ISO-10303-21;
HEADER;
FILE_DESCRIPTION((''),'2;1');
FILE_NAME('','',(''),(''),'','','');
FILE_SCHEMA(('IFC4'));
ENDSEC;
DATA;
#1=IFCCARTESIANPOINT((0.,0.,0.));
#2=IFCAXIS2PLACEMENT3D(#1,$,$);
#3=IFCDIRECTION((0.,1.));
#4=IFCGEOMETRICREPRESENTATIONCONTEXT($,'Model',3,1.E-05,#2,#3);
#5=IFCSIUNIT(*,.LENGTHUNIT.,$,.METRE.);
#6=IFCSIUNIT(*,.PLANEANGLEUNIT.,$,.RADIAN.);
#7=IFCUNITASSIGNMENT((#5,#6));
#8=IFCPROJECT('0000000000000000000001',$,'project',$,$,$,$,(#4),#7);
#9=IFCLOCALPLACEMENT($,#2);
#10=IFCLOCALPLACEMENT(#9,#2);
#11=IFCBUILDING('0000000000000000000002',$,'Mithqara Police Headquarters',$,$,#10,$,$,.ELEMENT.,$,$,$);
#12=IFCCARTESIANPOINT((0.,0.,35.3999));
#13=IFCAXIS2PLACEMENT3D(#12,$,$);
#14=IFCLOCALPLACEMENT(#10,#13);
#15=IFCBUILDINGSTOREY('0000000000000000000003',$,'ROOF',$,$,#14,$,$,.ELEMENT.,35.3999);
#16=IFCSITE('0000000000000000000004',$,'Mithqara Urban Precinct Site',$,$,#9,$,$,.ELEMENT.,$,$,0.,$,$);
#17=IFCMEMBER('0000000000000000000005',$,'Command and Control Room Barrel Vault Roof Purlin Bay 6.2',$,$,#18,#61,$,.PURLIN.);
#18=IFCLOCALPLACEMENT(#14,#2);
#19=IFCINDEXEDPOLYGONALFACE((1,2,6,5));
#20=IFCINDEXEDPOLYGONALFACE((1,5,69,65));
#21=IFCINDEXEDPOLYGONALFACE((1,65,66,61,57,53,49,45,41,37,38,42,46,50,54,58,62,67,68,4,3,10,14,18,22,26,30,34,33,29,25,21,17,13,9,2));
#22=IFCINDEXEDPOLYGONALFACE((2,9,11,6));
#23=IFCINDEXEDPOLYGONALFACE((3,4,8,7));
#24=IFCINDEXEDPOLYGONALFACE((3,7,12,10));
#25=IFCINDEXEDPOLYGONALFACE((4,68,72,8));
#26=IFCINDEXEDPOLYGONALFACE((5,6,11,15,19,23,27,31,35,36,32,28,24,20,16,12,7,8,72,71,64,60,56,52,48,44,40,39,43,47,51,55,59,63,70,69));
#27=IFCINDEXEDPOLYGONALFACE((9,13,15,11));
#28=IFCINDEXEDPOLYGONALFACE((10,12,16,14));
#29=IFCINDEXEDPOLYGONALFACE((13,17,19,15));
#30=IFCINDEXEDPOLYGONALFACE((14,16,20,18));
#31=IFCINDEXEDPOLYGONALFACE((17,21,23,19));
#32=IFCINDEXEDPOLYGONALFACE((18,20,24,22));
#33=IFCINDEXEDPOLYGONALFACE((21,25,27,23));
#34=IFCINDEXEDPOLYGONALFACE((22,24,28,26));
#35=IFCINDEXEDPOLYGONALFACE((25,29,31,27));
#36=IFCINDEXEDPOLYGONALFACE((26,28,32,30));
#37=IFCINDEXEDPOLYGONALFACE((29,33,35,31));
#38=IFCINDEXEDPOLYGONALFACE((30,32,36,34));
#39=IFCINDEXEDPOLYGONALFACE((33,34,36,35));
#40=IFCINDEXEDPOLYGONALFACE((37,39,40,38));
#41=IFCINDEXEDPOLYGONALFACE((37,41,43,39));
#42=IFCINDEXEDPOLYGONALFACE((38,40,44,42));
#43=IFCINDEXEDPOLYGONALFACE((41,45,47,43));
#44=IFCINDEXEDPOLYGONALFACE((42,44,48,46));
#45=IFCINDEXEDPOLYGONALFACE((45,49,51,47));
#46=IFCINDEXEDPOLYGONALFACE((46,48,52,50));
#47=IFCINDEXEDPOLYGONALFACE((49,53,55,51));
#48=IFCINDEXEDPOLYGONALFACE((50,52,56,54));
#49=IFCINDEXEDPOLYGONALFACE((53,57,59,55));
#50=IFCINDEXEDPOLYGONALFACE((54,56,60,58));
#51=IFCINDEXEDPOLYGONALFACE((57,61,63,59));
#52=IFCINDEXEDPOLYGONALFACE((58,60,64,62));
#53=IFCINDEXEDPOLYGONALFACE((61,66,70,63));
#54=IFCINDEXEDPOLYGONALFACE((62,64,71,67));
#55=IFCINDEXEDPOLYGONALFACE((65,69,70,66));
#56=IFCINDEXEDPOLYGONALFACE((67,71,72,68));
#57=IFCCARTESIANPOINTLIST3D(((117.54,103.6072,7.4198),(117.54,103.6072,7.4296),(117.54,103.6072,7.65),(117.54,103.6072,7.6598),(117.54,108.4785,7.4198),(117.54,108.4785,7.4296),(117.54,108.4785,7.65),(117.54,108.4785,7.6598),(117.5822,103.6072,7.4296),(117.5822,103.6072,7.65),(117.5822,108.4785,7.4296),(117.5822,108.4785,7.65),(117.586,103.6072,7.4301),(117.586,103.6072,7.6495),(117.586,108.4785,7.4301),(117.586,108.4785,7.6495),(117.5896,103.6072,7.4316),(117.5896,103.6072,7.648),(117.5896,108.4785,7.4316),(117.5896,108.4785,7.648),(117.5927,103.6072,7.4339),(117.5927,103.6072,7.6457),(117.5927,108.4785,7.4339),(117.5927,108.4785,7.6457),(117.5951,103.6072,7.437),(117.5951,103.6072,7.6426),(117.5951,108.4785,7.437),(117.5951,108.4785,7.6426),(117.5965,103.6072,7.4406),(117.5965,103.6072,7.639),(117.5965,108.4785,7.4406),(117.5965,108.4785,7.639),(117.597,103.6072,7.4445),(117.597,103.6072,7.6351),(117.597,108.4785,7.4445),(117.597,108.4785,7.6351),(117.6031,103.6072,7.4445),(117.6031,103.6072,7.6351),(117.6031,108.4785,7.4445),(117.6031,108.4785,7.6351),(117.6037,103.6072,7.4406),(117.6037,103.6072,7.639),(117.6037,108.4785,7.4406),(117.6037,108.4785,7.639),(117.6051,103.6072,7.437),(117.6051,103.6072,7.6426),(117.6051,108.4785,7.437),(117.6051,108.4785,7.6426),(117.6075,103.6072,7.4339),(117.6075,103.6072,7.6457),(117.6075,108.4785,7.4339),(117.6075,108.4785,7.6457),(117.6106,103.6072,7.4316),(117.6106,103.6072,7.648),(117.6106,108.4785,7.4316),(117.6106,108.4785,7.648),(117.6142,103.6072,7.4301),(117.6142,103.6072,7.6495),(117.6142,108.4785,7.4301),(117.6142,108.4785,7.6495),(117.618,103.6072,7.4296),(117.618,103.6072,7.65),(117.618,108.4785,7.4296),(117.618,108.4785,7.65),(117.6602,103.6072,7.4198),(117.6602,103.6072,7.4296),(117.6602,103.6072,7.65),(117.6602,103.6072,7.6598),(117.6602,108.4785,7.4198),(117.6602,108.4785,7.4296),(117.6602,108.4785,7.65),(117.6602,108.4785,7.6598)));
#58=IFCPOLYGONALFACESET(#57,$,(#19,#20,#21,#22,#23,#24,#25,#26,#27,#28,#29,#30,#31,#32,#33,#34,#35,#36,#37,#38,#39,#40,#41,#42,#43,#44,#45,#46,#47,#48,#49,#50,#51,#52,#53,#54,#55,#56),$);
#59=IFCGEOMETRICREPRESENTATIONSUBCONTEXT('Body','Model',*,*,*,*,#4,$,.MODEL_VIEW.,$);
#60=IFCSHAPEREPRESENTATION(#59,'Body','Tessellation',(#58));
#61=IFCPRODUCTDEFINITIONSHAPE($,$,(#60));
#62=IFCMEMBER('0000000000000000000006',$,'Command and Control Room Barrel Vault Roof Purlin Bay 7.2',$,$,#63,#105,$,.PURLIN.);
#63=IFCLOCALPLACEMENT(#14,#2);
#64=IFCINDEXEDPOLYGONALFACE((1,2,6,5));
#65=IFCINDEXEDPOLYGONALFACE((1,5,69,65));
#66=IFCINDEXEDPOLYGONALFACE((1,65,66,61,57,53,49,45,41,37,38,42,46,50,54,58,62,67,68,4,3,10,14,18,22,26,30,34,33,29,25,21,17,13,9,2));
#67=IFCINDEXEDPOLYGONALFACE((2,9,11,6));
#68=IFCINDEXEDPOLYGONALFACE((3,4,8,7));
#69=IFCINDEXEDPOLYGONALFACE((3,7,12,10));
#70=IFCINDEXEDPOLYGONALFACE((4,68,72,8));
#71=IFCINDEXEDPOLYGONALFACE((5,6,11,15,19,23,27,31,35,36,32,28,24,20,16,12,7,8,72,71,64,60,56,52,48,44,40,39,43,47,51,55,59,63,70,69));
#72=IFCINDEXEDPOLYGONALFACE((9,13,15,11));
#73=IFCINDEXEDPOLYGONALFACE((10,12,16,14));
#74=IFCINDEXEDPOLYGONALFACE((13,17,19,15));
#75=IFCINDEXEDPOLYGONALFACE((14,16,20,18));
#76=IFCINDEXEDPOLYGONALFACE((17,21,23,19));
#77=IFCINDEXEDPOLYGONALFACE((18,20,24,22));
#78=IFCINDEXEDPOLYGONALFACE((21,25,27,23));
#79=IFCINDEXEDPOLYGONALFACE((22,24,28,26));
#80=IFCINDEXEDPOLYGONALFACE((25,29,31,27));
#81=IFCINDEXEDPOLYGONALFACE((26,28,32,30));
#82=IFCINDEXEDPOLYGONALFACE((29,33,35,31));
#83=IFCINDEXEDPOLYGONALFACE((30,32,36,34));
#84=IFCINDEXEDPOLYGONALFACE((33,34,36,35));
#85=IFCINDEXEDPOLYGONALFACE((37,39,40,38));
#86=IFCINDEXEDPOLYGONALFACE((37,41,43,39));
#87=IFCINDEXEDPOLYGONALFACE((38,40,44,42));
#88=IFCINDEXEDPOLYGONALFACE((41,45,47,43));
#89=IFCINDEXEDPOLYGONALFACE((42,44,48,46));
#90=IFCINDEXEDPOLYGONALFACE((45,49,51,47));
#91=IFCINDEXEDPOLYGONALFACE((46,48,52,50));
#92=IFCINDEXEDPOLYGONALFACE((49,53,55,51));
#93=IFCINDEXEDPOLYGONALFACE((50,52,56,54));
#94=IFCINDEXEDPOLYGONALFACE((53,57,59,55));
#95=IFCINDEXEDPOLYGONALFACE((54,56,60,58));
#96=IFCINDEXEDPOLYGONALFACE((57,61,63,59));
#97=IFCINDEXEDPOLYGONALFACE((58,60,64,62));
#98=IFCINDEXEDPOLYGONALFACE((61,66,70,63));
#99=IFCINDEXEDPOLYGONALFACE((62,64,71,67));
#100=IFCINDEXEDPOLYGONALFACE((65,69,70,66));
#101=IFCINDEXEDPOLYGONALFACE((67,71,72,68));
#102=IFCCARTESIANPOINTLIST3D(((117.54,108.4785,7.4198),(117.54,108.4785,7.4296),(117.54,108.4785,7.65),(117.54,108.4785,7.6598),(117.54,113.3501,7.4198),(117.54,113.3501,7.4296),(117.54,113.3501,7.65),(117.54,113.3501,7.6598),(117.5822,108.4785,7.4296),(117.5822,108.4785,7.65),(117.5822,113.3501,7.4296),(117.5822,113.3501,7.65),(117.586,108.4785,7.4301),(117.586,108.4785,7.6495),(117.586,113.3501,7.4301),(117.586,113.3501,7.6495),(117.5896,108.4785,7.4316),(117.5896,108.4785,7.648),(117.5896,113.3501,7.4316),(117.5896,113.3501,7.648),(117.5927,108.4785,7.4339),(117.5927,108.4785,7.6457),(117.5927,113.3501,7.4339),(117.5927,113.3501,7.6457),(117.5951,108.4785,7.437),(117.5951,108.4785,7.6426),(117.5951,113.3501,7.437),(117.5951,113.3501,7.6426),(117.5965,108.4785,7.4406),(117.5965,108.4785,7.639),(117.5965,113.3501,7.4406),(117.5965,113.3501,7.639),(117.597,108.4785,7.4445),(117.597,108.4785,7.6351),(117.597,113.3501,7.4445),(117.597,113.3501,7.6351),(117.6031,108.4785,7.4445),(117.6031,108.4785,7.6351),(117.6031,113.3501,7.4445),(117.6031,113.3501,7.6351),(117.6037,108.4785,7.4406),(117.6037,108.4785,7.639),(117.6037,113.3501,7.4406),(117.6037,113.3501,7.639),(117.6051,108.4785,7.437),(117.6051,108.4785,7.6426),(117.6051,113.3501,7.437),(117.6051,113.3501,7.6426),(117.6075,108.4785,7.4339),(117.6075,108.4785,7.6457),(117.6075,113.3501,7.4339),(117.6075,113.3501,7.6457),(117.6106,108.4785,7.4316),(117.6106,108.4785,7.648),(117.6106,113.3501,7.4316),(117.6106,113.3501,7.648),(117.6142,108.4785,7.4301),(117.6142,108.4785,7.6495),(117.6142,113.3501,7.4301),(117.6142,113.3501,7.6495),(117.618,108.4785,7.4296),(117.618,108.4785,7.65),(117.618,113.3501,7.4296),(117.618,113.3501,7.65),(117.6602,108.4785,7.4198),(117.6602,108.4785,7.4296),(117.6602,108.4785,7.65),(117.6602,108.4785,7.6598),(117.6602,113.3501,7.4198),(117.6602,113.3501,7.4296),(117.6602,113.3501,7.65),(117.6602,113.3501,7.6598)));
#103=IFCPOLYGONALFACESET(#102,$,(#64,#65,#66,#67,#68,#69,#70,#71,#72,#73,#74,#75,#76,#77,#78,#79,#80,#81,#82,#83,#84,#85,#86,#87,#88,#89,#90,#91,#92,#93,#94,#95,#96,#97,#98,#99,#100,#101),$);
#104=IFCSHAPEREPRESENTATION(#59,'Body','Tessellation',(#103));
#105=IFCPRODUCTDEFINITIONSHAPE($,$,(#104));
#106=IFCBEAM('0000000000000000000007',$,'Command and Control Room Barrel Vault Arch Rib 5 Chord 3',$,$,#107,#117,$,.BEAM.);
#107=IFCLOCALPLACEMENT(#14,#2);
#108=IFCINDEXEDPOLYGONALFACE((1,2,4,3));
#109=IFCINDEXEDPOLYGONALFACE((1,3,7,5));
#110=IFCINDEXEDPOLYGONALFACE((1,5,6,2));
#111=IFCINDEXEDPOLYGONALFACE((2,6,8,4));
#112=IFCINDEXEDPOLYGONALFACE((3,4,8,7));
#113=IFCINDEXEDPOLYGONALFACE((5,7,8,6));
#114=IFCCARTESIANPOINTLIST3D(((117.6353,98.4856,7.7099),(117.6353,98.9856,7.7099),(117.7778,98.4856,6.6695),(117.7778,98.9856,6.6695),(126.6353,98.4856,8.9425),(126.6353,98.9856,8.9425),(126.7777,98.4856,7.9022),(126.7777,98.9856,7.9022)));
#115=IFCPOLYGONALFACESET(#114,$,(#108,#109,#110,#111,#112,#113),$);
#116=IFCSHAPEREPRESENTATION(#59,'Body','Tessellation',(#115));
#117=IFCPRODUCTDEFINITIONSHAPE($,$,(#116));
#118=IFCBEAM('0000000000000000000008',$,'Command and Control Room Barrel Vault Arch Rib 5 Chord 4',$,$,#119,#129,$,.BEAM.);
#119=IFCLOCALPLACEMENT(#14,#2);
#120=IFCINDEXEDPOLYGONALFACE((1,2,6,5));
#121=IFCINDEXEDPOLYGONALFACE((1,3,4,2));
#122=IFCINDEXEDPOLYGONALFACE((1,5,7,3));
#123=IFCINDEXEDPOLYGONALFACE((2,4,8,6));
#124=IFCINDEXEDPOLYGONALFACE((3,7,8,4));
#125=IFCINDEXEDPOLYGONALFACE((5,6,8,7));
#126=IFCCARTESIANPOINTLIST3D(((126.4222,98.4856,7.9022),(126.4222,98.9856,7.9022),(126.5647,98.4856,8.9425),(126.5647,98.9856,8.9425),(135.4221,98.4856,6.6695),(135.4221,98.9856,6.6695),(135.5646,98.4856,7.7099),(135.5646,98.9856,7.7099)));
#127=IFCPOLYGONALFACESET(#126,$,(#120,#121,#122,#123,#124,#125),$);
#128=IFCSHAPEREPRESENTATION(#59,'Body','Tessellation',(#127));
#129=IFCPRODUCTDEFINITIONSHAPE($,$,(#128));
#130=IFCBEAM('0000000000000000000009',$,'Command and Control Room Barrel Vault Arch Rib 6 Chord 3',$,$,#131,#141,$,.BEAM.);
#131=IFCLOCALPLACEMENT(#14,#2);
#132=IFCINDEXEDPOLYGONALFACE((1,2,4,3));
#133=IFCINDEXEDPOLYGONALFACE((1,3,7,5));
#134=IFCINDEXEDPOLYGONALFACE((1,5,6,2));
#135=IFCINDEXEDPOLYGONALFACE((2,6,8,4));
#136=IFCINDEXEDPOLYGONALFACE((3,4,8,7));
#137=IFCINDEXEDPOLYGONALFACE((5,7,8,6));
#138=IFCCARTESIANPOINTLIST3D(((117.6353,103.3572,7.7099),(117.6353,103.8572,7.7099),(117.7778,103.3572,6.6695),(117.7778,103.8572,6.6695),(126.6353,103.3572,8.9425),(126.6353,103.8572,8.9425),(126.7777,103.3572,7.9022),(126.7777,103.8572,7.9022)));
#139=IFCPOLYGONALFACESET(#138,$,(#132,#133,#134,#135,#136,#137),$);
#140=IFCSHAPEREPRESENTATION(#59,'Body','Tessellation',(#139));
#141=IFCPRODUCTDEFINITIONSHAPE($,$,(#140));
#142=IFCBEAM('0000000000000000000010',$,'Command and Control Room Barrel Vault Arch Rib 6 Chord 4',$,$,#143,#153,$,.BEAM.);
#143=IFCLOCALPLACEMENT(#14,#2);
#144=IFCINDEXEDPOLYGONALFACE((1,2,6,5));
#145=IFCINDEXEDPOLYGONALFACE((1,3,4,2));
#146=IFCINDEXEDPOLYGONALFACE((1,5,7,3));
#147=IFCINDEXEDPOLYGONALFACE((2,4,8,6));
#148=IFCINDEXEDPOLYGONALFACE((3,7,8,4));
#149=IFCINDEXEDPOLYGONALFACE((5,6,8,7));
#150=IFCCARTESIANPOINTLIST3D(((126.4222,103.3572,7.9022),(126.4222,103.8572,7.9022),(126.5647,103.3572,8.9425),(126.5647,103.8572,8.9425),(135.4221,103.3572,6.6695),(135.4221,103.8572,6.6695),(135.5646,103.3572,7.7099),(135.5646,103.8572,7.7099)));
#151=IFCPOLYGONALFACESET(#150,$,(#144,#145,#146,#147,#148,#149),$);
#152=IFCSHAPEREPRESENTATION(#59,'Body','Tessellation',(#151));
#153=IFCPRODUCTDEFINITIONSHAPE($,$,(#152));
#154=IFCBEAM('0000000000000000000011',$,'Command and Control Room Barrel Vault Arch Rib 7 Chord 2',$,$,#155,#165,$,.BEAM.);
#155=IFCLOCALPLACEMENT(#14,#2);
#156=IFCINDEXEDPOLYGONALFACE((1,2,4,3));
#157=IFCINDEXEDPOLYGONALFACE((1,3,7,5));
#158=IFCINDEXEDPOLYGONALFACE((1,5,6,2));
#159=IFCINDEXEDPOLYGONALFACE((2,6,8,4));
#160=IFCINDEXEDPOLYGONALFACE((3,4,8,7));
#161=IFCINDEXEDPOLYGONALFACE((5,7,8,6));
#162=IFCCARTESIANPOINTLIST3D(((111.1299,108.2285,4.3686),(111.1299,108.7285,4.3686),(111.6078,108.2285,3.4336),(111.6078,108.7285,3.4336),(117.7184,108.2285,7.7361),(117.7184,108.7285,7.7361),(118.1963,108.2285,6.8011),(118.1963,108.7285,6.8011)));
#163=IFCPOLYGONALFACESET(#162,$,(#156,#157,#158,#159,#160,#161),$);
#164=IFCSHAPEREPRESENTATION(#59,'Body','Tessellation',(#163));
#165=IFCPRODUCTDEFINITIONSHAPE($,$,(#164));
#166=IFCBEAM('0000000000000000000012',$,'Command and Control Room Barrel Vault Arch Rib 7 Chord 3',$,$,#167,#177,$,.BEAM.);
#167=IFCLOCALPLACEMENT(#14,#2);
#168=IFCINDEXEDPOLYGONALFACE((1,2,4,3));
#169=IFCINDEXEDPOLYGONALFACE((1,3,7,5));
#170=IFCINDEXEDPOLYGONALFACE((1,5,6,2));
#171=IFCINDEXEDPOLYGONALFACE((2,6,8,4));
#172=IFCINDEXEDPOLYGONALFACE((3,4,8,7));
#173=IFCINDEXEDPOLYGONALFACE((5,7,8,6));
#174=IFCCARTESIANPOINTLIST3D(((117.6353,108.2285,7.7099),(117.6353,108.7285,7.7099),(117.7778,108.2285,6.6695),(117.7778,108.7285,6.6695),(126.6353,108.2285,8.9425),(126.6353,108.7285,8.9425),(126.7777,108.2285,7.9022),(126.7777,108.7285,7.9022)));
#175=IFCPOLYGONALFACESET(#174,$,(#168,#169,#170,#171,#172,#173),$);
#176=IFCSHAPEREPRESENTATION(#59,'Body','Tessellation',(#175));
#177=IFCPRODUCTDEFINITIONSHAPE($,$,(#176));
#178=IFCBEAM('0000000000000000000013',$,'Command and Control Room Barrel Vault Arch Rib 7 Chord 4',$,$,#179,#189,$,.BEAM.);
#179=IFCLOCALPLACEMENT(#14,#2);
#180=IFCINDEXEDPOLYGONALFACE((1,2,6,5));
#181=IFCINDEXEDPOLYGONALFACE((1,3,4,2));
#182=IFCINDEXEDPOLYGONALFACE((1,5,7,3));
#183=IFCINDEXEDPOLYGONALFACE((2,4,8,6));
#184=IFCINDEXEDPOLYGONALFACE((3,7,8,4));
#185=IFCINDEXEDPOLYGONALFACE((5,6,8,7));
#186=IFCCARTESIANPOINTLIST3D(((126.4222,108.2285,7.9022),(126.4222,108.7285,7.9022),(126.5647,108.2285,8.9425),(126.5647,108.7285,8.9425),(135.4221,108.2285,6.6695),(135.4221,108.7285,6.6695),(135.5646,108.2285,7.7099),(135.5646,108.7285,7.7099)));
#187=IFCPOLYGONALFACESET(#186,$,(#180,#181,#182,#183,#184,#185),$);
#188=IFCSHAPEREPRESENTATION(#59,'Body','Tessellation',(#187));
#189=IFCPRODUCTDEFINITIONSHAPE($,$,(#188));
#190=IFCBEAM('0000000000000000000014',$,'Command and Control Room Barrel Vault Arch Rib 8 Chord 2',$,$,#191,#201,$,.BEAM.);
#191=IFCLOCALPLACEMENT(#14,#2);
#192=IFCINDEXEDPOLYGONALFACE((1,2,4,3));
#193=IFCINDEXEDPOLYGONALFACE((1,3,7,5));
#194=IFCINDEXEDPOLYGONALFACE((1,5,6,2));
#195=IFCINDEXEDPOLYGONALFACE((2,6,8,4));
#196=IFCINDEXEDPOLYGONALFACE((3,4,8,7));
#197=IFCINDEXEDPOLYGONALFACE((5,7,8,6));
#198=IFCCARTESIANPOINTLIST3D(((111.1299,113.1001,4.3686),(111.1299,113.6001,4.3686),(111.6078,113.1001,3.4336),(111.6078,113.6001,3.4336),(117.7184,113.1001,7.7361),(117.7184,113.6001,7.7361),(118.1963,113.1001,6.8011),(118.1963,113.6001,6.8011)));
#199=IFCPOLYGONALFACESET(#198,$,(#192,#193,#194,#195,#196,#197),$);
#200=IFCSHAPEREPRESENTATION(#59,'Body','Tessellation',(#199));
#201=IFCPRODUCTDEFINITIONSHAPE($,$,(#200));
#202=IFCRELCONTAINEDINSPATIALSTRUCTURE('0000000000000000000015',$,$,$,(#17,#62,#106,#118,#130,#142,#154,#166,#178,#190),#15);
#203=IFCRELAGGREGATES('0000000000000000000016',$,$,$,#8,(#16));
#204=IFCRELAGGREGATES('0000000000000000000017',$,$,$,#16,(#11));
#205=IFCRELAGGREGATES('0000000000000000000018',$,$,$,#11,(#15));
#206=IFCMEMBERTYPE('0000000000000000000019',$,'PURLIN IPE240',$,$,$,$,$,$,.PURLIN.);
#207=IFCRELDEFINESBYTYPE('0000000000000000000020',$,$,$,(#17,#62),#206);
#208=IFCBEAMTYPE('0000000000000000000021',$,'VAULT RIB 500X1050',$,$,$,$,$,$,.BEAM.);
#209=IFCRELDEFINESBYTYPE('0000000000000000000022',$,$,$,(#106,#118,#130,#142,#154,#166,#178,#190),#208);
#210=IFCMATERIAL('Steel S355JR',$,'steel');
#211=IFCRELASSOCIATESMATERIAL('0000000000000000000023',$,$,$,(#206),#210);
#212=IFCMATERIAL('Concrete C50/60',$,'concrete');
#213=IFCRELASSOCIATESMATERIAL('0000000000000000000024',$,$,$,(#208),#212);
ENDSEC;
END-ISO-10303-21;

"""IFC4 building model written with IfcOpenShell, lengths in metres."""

from ifc_helpers import new_model, si_unit, direction, frame, origin, origin_2d, place, context, subcontext, project, spatial, rectangle, i_section, extrude, material, material_profile, profile_set, type_object, element, save


model = new_model("IFC4")

# Units and contexts
model_context = context("Model", 3, precision=1e-05, world=origin(), true_north=direction((0.0, 1.0)))
body_context = subcontext(model_context, "Body", "Model", "MODEL_VIEW")
ifc_project = project(units=[si_unit("LENGTHUNIT", "METRE"), si_unit("PLANEANGLEUNIT", "RADIAN")], contexts=[model_context])

# Site, building, storey
site_placement = place(None, origin())
site = spatial("IfcSite", under=ifc_project, at=site_placement, Name="Mithqara Urban Precinct Site", CompositionType="ELEMENT", RefElevation=0.0)
building_placement = place(site_placement, origin())
building = spatial("IfcBuilding", under=site, at=building_placement, Name="Mithqara Police Headquarters", CompositionType="ELEMENT")
storey_placement = place(building_placement, frame((0.0, 0.0, 35.3999)))
storey = spatial("IfcBuildingStorey", under=building, at=storey_placement, Name="ROOF", CompositionType="ELEMENT", Elevation=35.3999)

# Members
ifc_material_1 = material(Name="Steel S355JR", Category="steel")
ifc_material_profile_1 = material_profile(ifc_material_1, i_section(OverallWidth=0.1201, OverallDepth=0.24, WebThickness=0.0061, FlangeThickness=0.0098, FilletRadius=0.0149, at=origin_2d()), Name="IPE 240")
ifc_profile_set_1 = profile_set([ifc_material_profile_1], Name="Steel S355JR")
member_type_1 = type_object("IfcMemberType", Name="PURLIN IPE240", PredefinedType="PURLIN", material=ifc_profile_set_1)
member_1_placement = place(storey_placement, frame((117.6001, 103.6072, 7.5398), z_axis=(0.0, 1.0, 0.0), x_axis=(-1.0, 0.0, 0.0)))
element("IfcMember", 1, at=member_1_placement, inside=storey, type_object=member_type_1, Name="Command and Control Room Barrel Vault Roof Purlin Bay 6.2", PredefinedType="PURLIN", context=body_context, shape_type="SweptSolid", body=[
    extrude(i_section(OverallWidth=0.1201, OverallDepth=0.24, WebThickness=0.0061, FlangeThickness=0.0098, FilletRadius=0.0149, at=origin_2d()), origin(), (0.0, 0.0, 1.0), 4.8713),
])
member_2_placement = place(storey_placement, frame((117.6001, 108.4785, 7.5398), z_axis=(0.0, 1.0, 0.0), x_axis=(-1.0, 0.0, 0.0)))
element("IfcMember", 2, at=member_2_placement, inside=storey, type_object=member_type_1, Name="Command and Control Room Barrel Vault Roof Purlin Bay 7.2", PredefinedType="PURLIN", context=body_context, shape_type="SweptSolid", body=[
    extrude(i_section(OverallWidth=0.1201, OverallDepth=0.24, WebThickness=0.0061, FlangeThickness=0.0098, FilletRadius=0.0149, at=origin_2d()), origin(), (0.0, 0.0, 1.0), 4.8716),
])

# Beams
ifc_material_2 = material(Name="Concrete C50/60", Category="concrete")
ifc_material_profile_2 = material_profile(ifc_material_2, rectangle(XDim=0.5, YDim=1.05, at=origin_2d()), Name="RIB 500x1050")
ifc_profile_set_2 = profile_set([ifc_material_profile_2], Name="Concrete C50/60")
beam_type = type_object("IfcBeamType", Name="VAULT RIB 500X1050", PredefinedType="BEAM", material=ifc_profile_set_2)
for number, where, z_axis, x_axis, name in (
    (3, (117.7065, 98.7356, 7.1897), (0.990751, 0.0, 0.135696), (0.0, 1.0, 0.0), "Command and Control Room Barrel Vault Arch Rib 5 Chord 3"),
    (4, (126.4934, 98.7356, 8.4224), (0.990751, 0.0, -0.135696), (0.0, 1.0, 0.0), "Command and Control Room Barrel Vault Arch Rib 5 Chord 4"),
    (5, (117.7065, 103.6072, 7.1897), (0.990751, 0.0, 0.135696), (0.0, 1.0, 0.0), "Command and Control Room Barrel Vault Arch Rib 6 Chord 3"),
    (6, (126.4934, 103.6072, 8.4224), (0.990751, 0.0, -0.135696), (0.0, 1.0, 0.0), "Command and Control Room Barrel Vault Arch Rib 6 Chord 4"),
):
    element("IfcBeam", number, at=place(storey_placement, frame(where, z_axis=z_axis, x_axis=x_axis)), inside=storey, type_object=beam_type, Name=name, PredefinedType="BEAM", context=body_context, shape_type="SweptSolid", body=[
        extrude(rectangle(XDim=0.5, YDim=1.05, at=origin_2d()), origin(), (0.0, 0.0, 1.0), 9.084),
    ])
beam_1_placement = place(storey_placement, frame((111.3689, 108.4785, 3.9011), z_axis=(0.890433, 0.0, 0.455115), x_axis=(0.0, 1.0, 0.0)))
element("IfcBeam", 7, at=beam_1_placement, inside=storey, type_object=beam_type, Name="Command and Control Room Barrel Vault Arch Rib 7 Chord 2", PredefinedType="BEAM", context=body_context, shape_type="SweptSolid", body=[
    extrude(rectangle(XDim=0.5, YDim=1.05, at=origin_2d()), origin(), (0.0, 0.0, 1.0), 7.3992),
])
for number, where, z_axis, x_axis, name in (
    (8, (117.7065, 108.4785, 7.1897), (0.990751, 0.0, 0.135696), (0.0, 1.0, 0.0), "Command and Control Room Barrel Vault Arch Rib 7 Chord 3"),
    (9, (126.4934, 108.4785, 8.4224), (0.990751, 0.0, -0.135696), (0.0, 1.0, 0.0), "Command and Control Room Barrel Vault Arch Rib 7 Chord 4"),
):
    element("IfcBeam", number, at=place(storey_placement, frame(where, z_axis=z_axis, x_axis=x_axis)), inside=storey, type_object=beam_type, Name=name, PredefinedType="BEAM", context=body_context, shape_type="SweptSolid", body=[
        extrude(rectangle(XDim=0.5, YDim=1.05, at=origin_2d()), origin(), (0.0, 0.0, 1.0), 9.084),
    ])
beam_2_placement = place(storey_placement, frame((111.3689, 113.3501, 3.9011), z_axis=(0.890433, 0.0, 0.455115), x_axis=(0.0, 1.0, 0.0)))
element("IfcBeam", 10, at=beam_2_placement, inside=storey, type_object=beam_type, Name="Command and Control Room Barrel Vault Arch Rib 8 Chord 2", PredefinedType="BEAM", context=body_context, shape_type="SweptSolid", body=[
    extrude(rectangle(XDim=0.5, YDim=1.05, at=origin_2d()), origin(), (0.0, 0.0, 1.0), 7.3992),
])

save(model, "model.ifc")
